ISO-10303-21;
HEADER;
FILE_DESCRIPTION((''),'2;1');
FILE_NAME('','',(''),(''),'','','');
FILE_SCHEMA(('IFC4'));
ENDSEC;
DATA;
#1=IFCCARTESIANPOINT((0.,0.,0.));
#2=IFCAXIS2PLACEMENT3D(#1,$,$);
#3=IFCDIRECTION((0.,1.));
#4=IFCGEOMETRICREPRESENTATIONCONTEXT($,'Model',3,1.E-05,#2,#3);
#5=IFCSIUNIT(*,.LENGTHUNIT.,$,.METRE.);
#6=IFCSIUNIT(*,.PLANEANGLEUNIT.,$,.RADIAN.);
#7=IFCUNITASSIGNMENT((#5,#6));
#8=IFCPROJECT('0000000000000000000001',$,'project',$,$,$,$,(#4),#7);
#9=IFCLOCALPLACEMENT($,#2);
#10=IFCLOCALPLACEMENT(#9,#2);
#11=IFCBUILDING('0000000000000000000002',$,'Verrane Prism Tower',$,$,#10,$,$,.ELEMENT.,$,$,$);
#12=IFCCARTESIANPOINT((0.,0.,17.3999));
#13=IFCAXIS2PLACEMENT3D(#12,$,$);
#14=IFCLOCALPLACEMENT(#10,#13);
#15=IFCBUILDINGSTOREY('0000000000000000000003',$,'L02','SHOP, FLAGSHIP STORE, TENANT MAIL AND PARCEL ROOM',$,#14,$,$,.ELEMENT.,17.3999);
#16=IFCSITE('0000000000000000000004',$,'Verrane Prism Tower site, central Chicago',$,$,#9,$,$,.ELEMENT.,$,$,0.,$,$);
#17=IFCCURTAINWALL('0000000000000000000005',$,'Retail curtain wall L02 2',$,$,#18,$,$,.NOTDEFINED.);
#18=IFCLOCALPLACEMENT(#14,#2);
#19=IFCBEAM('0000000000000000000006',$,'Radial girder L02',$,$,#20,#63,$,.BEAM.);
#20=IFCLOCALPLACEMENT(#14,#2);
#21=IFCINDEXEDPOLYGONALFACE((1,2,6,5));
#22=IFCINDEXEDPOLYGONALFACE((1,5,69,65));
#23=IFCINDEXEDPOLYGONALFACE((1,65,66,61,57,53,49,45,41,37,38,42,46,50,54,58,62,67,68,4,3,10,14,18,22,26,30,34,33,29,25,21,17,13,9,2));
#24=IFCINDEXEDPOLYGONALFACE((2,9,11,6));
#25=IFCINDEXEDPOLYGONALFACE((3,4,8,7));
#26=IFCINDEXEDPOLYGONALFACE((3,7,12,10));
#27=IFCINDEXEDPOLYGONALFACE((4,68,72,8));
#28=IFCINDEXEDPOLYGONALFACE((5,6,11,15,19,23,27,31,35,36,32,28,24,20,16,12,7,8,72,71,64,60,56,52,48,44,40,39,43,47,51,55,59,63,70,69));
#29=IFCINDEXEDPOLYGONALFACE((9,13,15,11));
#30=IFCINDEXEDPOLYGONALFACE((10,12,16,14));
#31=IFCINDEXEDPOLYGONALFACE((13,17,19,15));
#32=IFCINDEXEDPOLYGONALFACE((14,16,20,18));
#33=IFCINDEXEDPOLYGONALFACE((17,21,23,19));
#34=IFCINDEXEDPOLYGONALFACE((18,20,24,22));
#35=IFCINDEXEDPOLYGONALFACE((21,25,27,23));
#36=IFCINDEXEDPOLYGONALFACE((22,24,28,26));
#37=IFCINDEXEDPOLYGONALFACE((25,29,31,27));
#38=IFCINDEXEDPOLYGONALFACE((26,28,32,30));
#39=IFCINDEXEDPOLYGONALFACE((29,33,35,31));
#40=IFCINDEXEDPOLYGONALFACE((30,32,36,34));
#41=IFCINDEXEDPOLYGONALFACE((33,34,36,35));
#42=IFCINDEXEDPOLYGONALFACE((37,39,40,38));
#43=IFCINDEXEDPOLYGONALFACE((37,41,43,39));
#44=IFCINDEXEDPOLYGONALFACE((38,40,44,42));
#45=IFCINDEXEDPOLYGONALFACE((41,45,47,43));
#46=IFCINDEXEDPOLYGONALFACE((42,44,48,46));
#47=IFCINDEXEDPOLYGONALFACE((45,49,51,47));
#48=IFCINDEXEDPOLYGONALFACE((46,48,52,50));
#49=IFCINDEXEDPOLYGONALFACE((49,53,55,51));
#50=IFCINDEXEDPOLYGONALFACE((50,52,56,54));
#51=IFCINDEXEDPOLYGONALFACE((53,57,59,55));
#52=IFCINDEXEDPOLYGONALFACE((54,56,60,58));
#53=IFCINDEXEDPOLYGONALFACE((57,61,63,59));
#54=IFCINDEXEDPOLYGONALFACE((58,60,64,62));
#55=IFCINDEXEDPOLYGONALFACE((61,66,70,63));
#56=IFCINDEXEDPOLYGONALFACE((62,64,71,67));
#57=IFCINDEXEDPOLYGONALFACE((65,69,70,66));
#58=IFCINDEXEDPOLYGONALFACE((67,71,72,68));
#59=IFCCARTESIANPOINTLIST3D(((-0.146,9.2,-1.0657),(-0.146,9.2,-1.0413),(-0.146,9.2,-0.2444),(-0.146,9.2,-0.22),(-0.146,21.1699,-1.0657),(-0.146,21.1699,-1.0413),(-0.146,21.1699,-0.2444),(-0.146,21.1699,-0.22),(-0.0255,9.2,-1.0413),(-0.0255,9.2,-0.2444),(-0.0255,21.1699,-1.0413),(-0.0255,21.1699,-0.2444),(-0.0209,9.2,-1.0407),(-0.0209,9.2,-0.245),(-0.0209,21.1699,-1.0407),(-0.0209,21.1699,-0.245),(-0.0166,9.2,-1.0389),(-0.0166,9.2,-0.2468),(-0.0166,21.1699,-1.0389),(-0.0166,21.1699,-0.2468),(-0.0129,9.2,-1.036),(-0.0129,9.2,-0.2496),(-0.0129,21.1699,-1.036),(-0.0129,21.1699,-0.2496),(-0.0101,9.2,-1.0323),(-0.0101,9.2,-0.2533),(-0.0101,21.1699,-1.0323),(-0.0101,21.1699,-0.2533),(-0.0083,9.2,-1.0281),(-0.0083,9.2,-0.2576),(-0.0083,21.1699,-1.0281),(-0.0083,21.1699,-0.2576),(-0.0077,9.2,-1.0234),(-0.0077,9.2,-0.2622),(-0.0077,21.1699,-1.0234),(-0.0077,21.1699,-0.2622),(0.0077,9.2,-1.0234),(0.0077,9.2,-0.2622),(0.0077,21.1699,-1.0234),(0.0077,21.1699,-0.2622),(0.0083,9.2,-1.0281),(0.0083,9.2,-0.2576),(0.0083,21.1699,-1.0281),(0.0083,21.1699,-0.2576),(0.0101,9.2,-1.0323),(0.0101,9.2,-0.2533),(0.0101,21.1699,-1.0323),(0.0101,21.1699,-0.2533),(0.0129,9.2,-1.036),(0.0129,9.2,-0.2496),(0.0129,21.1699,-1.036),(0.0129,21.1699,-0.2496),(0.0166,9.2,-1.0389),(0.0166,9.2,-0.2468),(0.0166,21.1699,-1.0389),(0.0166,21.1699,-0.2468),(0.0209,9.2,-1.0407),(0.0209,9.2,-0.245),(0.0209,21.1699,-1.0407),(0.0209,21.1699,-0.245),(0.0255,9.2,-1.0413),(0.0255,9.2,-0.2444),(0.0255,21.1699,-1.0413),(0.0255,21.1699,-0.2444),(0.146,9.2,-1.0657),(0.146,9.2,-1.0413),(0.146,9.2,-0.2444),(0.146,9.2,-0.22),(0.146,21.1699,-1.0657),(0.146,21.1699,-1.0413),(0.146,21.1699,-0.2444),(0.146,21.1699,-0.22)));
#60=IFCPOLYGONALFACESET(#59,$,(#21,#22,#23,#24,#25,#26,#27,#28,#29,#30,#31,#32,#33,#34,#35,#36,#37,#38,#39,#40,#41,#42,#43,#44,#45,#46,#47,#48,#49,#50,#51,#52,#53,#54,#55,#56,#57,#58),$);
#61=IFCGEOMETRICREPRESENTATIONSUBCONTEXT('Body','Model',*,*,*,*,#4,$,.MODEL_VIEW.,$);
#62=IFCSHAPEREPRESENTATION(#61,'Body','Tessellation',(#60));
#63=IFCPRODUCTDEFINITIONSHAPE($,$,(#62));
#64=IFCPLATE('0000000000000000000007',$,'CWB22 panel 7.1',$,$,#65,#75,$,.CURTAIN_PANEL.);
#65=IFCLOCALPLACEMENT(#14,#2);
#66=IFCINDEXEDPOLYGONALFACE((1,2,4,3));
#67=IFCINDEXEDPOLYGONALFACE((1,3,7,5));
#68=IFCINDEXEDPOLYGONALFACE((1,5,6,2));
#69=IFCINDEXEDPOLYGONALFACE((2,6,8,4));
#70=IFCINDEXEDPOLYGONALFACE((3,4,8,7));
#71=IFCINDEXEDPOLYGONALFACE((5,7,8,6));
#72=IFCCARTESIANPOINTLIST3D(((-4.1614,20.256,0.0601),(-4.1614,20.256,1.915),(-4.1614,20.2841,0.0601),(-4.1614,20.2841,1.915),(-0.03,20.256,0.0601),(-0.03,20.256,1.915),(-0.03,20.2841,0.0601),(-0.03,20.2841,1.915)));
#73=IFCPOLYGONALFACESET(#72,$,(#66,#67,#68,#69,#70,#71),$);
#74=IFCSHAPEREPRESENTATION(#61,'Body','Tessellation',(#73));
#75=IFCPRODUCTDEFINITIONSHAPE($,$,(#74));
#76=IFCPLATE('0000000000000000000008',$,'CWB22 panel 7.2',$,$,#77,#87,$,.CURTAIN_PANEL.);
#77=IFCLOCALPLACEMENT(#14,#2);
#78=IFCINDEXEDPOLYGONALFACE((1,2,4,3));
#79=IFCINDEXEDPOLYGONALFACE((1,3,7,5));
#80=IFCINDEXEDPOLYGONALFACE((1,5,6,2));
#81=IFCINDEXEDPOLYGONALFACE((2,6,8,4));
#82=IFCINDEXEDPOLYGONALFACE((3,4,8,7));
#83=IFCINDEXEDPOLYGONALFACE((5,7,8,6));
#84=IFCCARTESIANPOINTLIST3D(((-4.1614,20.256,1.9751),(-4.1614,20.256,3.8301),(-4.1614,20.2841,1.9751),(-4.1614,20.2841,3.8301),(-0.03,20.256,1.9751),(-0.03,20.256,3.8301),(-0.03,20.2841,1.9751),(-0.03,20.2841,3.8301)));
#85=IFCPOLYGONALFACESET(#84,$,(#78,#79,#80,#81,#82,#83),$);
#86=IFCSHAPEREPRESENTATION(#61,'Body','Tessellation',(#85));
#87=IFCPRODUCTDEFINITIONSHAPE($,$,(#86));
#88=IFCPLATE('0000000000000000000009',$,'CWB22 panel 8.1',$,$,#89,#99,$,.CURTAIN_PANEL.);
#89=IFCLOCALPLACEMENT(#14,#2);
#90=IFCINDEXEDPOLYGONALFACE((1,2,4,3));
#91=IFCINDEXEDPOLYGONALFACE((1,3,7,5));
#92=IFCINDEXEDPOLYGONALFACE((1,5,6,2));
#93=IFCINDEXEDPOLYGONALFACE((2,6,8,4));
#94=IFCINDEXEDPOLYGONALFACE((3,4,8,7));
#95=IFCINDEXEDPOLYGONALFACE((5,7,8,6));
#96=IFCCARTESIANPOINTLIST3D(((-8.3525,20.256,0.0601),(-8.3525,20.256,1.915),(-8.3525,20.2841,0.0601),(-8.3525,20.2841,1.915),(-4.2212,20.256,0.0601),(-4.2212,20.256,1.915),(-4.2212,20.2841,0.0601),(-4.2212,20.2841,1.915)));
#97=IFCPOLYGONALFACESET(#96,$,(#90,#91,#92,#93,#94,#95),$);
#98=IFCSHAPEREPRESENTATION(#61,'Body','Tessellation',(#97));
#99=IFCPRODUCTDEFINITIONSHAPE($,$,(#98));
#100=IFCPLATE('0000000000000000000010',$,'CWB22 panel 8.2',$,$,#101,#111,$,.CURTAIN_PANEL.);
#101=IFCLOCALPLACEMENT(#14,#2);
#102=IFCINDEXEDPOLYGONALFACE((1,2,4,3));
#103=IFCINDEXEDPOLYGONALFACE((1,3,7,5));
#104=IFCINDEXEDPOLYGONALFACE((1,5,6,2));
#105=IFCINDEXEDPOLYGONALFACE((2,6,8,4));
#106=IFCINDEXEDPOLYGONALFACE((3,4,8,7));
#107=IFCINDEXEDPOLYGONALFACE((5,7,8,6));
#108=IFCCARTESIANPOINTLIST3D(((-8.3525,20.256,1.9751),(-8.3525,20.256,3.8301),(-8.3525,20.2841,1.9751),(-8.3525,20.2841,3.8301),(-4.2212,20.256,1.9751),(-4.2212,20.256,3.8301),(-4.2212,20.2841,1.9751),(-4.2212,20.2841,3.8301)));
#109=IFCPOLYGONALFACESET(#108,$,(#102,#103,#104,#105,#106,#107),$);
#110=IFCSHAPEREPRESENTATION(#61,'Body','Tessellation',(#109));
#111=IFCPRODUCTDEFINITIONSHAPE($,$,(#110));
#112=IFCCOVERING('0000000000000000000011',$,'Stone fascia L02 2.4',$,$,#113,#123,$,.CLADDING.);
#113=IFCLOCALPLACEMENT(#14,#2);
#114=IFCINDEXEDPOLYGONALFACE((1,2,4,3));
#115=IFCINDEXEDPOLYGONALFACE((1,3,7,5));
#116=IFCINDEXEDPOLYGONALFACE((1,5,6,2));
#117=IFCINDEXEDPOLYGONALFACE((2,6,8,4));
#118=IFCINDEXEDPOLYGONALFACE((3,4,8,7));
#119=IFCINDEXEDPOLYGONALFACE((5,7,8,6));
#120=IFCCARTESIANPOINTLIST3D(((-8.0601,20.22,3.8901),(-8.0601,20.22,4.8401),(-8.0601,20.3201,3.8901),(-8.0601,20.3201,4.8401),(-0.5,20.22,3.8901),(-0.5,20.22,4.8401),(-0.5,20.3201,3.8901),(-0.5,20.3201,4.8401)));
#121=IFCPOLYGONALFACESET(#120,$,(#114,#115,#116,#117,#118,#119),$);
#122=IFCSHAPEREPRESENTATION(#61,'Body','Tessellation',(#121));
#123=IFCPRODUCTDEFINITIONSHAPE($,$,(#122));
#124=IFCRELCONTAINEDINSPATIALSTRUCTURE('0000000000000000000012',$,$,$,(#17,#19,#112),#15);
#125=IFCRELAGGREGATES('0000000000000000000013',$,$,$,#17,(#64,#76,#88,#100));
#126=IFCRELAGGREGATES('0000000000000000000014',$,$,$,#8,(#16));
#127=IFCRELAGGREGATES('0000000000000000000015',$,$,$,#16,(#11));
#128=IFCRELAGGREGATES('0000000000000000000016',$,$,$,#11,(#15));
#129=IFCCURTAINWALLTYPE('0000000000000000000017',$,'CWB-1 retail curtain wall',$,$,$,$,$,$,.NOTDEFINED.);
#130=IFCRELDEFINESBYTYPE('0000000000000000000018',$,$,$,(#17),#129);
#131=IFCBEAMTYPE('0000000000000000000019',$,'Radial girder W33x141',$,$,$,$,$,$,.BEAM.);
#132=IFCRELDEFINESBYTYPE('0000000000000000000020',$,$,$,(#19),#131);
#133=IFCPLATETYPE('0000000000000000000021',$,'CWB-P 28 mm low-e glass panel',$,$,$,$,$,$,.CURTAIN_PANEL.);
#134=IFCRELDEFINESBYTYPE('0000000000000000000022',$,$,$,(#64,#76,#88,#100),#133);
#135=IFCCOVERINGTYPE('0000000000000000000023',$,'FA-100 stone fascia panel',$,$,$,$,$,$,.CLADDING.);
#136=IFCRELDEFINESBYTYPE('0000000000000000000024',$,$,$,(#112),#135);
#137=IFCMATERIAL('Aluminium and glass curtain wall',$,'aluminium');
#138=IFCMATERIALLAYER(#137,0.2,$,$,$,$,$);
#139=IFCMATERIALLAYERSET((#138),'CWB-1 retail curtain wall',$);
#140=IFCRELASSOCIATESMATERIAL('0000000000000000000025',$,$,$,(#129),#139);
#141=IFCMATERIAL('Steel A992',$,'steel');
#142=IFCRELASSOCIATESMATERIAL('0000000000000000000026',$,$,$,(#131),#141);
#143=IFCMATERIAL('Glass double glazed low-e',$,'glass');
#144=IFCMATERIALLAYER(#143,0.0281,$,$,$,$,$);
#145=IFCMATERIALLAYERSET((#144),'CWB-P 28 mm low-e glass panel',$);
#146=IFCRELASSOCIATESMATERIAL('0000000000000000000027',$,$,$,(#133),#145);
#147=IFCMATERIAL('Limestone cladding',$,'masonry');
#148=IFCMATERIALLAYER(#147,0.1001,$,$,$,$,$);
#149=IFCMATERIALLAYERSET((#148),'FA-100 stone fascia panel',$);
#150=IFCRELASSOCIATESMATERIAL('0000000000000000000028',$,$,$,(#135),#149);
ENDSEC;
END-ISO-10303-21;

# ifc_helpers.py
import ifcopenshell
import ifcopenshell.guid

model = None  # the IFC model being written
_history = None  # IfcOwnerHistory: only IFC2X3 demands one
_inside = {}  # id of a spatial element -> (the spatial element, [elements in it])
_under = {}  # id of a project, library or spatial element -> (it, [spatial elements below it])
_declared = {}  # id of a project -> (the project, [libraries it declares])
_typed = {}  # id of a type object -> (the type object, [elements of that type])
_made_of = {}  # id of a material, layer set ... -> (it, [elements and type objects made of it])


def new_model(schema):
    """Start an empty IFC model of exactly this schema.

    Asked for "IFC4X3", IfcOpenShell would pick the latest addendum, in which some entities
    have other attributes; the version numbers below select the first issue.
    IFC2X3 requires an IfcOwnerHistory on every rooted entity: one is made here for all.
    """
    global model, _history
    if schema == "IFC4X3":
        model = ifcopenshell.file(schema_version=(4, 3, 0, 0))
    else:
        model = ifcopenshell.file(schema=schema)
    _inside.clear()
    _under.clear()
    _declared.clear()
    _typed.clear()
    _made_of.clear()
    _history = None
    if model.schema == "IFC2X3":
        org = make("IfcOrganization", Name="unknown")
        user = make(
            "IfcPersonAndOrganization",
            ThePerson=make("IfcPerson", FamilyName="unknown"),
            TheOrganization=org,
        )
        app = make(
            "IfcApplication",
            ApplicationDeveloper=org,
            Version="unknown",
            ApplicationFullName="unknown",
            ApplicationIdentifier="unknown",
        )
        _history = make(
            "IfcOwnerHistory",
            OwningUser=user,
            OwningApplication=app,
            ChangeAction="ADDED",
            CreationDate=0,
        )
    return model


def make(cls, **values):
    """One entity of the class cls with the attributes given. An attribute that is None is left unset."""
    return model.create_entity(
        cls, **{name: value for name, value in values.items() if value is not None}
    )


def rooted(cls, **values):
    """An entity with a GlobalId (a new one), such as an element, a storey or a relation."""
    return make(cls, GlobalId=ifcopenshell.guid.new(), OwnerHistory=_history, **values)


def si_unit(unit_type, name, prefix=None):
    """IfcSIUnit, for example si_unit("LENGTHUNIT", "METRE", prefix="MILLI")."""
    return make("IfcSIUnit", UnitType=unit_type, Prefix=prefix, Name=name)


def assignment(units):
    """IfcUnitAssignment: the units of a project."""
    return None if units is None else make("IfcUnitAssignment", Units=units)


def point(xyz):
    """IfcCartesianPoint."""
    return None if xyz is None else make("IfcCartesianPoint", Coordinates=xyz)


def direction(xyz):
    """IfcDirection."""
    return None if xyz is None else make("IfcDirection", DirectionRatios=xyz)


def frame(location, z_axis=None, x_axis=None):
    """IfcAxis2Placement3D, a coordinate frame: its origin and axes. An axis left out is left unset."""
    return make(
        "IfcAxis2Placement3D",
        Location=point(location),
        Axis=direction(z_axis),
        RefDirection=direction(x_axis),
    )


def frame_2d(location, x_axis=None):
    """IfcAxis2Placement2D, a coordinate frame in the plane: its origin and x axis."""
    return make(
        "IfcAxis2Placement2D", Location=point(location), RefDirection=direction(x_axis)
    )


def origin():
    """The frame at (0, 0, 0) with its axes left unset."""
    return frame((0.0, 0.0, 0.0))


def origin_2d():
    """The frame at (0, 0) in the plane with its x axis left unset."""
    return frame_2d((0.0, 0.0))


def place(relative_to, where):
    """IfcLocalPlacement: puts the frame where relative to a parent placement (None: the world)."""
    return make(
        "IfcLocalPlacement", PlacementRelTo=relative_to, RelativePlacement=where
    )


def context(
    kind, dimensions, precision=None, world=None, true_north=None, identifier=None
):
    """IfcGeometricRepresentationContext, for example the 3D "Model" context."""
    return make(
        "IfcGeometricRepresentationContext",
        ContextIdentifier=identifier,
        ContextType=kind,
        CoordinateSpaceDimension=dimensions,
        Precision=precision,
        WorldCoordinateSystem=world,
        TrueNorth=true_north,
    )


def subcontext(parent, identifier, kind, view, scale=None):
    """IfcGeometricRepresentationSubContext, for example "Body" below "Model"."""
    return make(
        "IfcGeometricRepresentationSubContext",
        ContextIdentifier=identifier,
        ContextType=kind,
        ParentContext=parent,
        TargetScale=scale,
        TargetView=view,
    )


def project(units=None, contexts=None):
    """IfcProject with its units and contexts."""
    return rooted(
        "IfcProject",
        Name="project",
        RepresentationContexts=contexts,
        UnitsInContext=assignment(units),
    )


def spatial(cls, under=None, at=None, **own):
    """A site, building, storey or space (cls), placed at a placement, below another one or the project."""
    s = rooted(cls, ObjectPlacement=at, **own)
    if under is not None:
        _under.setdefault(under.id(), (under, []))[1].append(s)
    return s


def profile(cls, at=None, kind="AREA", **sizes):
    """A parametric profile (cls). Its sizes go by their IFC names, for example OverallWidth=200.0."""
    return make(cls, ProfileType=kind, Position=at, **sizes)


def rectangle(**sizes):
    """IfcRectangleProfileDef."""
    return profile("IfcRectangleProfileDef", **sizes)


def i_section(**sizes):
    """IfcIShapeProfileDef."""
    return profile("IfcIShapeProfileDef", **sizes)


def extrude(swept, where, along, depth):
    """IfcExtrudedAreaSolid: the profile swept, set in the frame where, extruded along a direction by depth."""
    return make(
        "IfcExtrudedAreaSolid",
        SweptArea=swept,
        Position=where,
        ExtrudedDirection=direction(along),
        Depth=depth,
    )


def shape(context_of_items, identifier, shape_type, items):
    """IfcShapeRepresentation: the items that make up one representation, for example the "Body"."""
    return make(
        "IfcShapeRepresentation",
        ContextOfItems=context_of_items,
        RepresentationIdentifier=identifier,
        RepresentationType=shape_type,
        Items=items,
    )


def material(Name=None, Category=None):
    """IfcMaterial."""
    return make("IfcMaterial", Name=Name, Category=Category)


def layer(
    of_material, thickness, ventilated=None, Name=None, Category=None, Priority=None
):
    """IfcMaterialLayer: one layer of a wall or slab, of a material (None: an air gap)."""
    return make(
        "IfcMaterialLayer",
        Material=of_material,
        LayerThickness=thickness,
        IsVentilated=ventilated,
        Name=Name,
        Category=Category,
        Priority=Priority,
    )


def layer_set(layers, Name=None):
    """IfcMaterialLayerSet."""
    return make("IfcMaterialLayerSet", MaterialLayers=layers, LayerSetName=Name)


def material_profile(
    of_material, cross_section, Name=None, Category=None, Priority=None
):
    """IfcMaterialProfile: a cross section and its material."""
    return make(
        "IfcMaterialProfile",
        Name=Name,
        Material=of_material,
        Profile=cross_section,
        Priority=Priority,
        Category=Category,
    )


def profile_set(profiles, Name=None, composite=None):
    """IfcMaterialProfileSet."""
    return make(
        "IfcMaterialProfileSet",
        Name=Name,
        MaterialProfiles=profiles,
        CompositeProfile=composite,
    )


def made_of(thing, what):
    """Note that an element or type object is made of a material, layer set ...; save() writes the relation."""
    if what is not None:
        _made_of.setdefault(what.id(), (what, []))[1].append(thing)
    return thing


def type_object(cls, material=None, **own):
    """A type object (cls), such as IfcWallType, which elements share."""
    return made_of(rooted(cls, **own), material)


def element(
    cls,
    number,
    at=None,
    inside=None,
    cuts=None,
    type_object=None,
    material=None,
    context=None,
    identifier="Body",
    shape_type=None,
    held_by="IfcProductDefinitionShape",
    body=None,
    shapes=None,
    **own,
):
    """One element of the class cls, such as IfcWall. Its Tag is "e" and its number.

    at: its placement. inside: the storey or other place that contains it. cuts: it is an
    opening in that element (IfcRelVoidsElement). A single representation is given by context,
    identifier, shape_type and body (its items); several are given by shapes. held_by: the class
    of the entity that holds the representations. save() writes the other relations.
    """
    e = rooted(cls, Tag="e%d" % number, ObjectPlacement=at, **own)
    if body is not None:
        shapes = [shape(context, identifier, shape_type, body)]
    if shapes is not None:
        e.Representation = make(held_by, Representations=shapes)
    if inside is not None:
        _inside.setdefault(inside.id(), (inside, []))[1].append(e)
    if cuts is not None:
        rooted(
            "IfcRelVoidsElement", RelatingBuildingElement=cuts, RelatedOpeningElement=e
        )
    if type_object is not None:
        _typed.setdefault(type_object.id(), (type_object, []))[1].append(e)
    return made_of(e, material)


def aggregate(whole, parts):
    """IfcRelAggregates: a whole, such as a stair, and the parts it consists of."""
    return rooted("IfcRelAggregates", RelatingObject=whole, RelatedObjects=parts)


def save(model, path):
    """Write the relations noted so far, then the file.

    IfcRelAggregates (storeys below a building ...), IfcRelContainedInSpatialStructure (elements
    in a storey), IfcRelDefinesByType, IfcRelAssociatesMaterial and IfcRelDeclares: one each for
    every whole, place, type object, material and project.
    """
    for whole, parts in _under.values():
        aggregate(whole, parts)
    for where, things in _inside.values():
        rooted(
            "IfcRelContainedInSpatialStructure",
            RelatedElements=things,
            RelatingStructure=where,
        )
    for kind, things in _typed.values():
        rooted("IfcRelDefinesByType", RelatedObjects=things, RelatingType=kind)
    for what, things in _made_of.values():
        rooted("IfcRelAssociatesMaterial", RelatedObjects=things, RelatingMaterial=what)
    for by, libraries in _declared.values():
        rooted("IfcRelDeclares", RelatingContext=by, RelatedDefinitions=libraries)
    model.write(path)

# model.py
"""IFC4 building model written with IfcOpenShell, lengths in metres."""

from ifc_helpers import new_model, si_unit, direction, frame, origin, origin_2d, place, context, subcontext, project, spatial, rectangle, i_section, extrude, material, layer, layer_set, material_profile, profile_set, type_object, element, aggregate, save


model = new_model("IFC4")

# Units and contexts
model_context = context("Model", 3, precision=1e-05, world=origin(), true_north=direction((0.0, 1.0)))
body_context = subcontext(model_context, "Body", "Model", "MODEL_VIEW")
ifc_project = project(units=[si_unit("LENGTHUNIT", "METRE"), si_unit("PLANEANGLEUNIT", "RADIAN")], contexts=[model_context])

# Site, building, storey
site_placement = place(None, origin())
site = spatial("IfcSite", under=ifc_project, at=site_placement, Name="Verrane Prism Tower site, central Chicago", CompositionType="ELEMENT", RefElevation=0.0)
building_placement = place(site_placement, origin())
building = spatial("IfcBuilding", under=site, at=building_placement, Name="Verrane Prism Tower", CompositionType="ELEMENT")
storey_placement = place(building_placement, frame((0.0, 0.0, 17.3999)))
storey = spatial("IfcBuildingStorey", under=building, at=storey_placement, Name="L02", Description="SHOP, FLAGSHIP STORE, TENANT MAIL AND PARCEL ROOM", CompositionType="ELEMENT", Elevation=17.3999)

# Curtain wall
ifc_material_1 = material(Name="Aluminium and glass curtain wall", Category="aluminium")
ifc_layer_1 = layer(ifc_material_1, 0.2)
ifc_layer_set_1 = layer_set([ifc_layer_1], Name="CWB-1 retail curtain wall")
curtain_wall_type = type_object("IfcCurtainWallType", Name="CWB-1 retail curtain wall", PredefinedType="NOTDEFINED", material=ifc_layer_set_1)
curtain_wall_placement = place(storey_placement, origin())
curtain_wall = element("IfcCurtainWall", 1, at=curtain_wall_placement, inside=storey, type_object=curtain_wall_type, Name="Retail curtain wall L02 2", PredefinedType="NOTDEFINED")

# Beam
ifc_material_2 = material(Name="Steel A992", Category="steel")
ifc_material_profile_1 = material_profile(ifc_material_2, i_section(OverallWidth=0.292, OverallDepth=0.8457, WebThickness=0.0154, FlangeThickness=0.0244, FilletRadius=0.0178, at=origin_2d()), Name="W33x141")
ifc_profile_set_1 = profile_set([ifc_material_profile_1], Name="Steel A992")
beam_type = type_object("IfcBeamType", Name="Radial girder W33x141", PredefinedType="BEAM", material=ifc_profile_set_1)
beam_placement = place(storey_placement, frame((0.0, 21.1699, -0.6428), z_axis=(0.0, -1.0, 0.0), x_axis=(1.0, 0.0, 0.0)))
element("IfcBeam", 2, at=beam_placement, inside=storey, type_object=beam_type, Name="Radial girder L02", PredefinedType="BEAM", context=body_context, shape_type="SweptSolid", body=[
    extrude(i_section(OverallWidth=0.292, OverallDepth=0.8457, WebThickness=0.0154, FlangeThickness=0.0244, FilletRadius=0.0178, at=origin_2d()), origin(), (0.0, 0.0, 1.0), 11.97),
])

# Plates
ifc_material_3 = material(Name="Glass double glazed low-e", Category="glass")
ifc_layer_2 = layer(ifc_material_3, 0.0281)
ifc_layer_set_2 = layer_set([ifc_layer_2], Name="CWB-P 28 mm low-e glass panel")
plate_type = type_object("IfcPlateType", Name="CWB-P 28 mm low-e glass panel", PredefinedType="CURTAIN_PANEL", material=ifc_layer_set_2)
plate_1_placement = place(storey_placement, frame((-2.0957, 20.27, 0.0601), z_axis=(0.0, 0.0, 1.0), x_axis=(-1.0, 0.0, 0.0)))
plate_1 = element("IfcPlate", 3, at=plate_1_placement, type_object=plate_type, Name="CWB22 panel 7.1", PredefinedType="CURTAIN_PANEL", context=body_context, shape_type="SweptSolid", body=[
    extrude(rectangle(XDim=4.1313, YDim=0.0281, at=origin_2d()), origin(), (0.0, 0.0, 1.0), 1.855),
])
plate_2_placement = place(storey_placement, frame((-2.0957, 20.27, 1.9751), z_axis=(0.0, 0.0, 1.0), x_axis=(-1.0, 0.0, 0.0)))
plate_2 = element("IfcPlate", 4, at=plate_2_placement, type_object=plate_type, Name="CWB22 panel 7.2", PredefinedType="CURTAIN_PANEL", context=body_context, shape_type="SweptSolid", body=[
    extrude(rectangle(XDim=4.1313, YDim=0.0281, at=origin_2d()), origin(), (0.0, 0.0, 1.0), 1.855),
])
plate_3_placement = place(storey_placement, frame((-6.2869, 20.27, 0.0601), z_axis=(0.0, 0.0, 1.0), x_axis=(-1.0, 0.0, 0.0)))
plate_3 = element("IfcPlate", 5, at=plate_3_placement, type_object=plate_type, Name="CWB22 panel 8.1", PredefinedType="CURTAIN_PANEL", context=body_context, shape_type="SweptSolid", body=[
    extrude(rectangle(XDim=4.1313, YDim=0.0281, at=origin_2d()), origin(), (0.0, 0.0, 1.0), 1.855),
])
plate_4_placement = place(storey_placement, frame((-6.2869, 20.27, 1.9751), z_axis=(0.0, 0.0, 1.0), x_axis=(-1.0, 0.0, 0.0)))
plate_4 = element("IfcPlate", 6, at=plate_4_placement, type_object=plate_type, Name="CWB22 panel 8.2", PredefinedType="CURTAIN_PANEL", context=body_context, shape_type="SweptSolid", body=[
    extrude(rectangle(XDim=4.1313, YDim=0.0281, at=origin_2d()), origin(), (0.0, 0.0, 1.0), 1.855),
])
aggregate(curtain_wall, [plate_1, plate_2, plate_3, plate_4])

# Covering
ifc_material_4 = material(Name="Limestone cladding", Category="masonry")
ifc_layer_3 = layer(ifc_material_4, 0.1001)
ifc_layer_set_3 = layer_set([ifc_layer_3], Name="FA-100 stone fascia panel")
covering_type = type_object("IfcCoveringType", Name="FA-100 stone fascia panel", PredefinedType="CLADDING", material=ifc_layer_set_3)
covering_placement = place(storey_placement, frame((-4.28, 20.27, 3.8901), z_axis=(0.0, 0.0, 1.0), x_axis=(-1.0, 0.0, 0.0)))
element("IfcCovering", 7, at=covering_placement, inside=storey, type_object=covering_type, Name="Stone fascia L02 2.4", PredefinedType="CLADDING", context=body_context, shape_type="SweptSolid", body=[
    extrude(rectangle(XDim=7.5601, YDim=0.1001, at=origin_2d()), origin(), (0.0, 0.0, 1.0), 0.95),
])

save(model, "model.ifc")
